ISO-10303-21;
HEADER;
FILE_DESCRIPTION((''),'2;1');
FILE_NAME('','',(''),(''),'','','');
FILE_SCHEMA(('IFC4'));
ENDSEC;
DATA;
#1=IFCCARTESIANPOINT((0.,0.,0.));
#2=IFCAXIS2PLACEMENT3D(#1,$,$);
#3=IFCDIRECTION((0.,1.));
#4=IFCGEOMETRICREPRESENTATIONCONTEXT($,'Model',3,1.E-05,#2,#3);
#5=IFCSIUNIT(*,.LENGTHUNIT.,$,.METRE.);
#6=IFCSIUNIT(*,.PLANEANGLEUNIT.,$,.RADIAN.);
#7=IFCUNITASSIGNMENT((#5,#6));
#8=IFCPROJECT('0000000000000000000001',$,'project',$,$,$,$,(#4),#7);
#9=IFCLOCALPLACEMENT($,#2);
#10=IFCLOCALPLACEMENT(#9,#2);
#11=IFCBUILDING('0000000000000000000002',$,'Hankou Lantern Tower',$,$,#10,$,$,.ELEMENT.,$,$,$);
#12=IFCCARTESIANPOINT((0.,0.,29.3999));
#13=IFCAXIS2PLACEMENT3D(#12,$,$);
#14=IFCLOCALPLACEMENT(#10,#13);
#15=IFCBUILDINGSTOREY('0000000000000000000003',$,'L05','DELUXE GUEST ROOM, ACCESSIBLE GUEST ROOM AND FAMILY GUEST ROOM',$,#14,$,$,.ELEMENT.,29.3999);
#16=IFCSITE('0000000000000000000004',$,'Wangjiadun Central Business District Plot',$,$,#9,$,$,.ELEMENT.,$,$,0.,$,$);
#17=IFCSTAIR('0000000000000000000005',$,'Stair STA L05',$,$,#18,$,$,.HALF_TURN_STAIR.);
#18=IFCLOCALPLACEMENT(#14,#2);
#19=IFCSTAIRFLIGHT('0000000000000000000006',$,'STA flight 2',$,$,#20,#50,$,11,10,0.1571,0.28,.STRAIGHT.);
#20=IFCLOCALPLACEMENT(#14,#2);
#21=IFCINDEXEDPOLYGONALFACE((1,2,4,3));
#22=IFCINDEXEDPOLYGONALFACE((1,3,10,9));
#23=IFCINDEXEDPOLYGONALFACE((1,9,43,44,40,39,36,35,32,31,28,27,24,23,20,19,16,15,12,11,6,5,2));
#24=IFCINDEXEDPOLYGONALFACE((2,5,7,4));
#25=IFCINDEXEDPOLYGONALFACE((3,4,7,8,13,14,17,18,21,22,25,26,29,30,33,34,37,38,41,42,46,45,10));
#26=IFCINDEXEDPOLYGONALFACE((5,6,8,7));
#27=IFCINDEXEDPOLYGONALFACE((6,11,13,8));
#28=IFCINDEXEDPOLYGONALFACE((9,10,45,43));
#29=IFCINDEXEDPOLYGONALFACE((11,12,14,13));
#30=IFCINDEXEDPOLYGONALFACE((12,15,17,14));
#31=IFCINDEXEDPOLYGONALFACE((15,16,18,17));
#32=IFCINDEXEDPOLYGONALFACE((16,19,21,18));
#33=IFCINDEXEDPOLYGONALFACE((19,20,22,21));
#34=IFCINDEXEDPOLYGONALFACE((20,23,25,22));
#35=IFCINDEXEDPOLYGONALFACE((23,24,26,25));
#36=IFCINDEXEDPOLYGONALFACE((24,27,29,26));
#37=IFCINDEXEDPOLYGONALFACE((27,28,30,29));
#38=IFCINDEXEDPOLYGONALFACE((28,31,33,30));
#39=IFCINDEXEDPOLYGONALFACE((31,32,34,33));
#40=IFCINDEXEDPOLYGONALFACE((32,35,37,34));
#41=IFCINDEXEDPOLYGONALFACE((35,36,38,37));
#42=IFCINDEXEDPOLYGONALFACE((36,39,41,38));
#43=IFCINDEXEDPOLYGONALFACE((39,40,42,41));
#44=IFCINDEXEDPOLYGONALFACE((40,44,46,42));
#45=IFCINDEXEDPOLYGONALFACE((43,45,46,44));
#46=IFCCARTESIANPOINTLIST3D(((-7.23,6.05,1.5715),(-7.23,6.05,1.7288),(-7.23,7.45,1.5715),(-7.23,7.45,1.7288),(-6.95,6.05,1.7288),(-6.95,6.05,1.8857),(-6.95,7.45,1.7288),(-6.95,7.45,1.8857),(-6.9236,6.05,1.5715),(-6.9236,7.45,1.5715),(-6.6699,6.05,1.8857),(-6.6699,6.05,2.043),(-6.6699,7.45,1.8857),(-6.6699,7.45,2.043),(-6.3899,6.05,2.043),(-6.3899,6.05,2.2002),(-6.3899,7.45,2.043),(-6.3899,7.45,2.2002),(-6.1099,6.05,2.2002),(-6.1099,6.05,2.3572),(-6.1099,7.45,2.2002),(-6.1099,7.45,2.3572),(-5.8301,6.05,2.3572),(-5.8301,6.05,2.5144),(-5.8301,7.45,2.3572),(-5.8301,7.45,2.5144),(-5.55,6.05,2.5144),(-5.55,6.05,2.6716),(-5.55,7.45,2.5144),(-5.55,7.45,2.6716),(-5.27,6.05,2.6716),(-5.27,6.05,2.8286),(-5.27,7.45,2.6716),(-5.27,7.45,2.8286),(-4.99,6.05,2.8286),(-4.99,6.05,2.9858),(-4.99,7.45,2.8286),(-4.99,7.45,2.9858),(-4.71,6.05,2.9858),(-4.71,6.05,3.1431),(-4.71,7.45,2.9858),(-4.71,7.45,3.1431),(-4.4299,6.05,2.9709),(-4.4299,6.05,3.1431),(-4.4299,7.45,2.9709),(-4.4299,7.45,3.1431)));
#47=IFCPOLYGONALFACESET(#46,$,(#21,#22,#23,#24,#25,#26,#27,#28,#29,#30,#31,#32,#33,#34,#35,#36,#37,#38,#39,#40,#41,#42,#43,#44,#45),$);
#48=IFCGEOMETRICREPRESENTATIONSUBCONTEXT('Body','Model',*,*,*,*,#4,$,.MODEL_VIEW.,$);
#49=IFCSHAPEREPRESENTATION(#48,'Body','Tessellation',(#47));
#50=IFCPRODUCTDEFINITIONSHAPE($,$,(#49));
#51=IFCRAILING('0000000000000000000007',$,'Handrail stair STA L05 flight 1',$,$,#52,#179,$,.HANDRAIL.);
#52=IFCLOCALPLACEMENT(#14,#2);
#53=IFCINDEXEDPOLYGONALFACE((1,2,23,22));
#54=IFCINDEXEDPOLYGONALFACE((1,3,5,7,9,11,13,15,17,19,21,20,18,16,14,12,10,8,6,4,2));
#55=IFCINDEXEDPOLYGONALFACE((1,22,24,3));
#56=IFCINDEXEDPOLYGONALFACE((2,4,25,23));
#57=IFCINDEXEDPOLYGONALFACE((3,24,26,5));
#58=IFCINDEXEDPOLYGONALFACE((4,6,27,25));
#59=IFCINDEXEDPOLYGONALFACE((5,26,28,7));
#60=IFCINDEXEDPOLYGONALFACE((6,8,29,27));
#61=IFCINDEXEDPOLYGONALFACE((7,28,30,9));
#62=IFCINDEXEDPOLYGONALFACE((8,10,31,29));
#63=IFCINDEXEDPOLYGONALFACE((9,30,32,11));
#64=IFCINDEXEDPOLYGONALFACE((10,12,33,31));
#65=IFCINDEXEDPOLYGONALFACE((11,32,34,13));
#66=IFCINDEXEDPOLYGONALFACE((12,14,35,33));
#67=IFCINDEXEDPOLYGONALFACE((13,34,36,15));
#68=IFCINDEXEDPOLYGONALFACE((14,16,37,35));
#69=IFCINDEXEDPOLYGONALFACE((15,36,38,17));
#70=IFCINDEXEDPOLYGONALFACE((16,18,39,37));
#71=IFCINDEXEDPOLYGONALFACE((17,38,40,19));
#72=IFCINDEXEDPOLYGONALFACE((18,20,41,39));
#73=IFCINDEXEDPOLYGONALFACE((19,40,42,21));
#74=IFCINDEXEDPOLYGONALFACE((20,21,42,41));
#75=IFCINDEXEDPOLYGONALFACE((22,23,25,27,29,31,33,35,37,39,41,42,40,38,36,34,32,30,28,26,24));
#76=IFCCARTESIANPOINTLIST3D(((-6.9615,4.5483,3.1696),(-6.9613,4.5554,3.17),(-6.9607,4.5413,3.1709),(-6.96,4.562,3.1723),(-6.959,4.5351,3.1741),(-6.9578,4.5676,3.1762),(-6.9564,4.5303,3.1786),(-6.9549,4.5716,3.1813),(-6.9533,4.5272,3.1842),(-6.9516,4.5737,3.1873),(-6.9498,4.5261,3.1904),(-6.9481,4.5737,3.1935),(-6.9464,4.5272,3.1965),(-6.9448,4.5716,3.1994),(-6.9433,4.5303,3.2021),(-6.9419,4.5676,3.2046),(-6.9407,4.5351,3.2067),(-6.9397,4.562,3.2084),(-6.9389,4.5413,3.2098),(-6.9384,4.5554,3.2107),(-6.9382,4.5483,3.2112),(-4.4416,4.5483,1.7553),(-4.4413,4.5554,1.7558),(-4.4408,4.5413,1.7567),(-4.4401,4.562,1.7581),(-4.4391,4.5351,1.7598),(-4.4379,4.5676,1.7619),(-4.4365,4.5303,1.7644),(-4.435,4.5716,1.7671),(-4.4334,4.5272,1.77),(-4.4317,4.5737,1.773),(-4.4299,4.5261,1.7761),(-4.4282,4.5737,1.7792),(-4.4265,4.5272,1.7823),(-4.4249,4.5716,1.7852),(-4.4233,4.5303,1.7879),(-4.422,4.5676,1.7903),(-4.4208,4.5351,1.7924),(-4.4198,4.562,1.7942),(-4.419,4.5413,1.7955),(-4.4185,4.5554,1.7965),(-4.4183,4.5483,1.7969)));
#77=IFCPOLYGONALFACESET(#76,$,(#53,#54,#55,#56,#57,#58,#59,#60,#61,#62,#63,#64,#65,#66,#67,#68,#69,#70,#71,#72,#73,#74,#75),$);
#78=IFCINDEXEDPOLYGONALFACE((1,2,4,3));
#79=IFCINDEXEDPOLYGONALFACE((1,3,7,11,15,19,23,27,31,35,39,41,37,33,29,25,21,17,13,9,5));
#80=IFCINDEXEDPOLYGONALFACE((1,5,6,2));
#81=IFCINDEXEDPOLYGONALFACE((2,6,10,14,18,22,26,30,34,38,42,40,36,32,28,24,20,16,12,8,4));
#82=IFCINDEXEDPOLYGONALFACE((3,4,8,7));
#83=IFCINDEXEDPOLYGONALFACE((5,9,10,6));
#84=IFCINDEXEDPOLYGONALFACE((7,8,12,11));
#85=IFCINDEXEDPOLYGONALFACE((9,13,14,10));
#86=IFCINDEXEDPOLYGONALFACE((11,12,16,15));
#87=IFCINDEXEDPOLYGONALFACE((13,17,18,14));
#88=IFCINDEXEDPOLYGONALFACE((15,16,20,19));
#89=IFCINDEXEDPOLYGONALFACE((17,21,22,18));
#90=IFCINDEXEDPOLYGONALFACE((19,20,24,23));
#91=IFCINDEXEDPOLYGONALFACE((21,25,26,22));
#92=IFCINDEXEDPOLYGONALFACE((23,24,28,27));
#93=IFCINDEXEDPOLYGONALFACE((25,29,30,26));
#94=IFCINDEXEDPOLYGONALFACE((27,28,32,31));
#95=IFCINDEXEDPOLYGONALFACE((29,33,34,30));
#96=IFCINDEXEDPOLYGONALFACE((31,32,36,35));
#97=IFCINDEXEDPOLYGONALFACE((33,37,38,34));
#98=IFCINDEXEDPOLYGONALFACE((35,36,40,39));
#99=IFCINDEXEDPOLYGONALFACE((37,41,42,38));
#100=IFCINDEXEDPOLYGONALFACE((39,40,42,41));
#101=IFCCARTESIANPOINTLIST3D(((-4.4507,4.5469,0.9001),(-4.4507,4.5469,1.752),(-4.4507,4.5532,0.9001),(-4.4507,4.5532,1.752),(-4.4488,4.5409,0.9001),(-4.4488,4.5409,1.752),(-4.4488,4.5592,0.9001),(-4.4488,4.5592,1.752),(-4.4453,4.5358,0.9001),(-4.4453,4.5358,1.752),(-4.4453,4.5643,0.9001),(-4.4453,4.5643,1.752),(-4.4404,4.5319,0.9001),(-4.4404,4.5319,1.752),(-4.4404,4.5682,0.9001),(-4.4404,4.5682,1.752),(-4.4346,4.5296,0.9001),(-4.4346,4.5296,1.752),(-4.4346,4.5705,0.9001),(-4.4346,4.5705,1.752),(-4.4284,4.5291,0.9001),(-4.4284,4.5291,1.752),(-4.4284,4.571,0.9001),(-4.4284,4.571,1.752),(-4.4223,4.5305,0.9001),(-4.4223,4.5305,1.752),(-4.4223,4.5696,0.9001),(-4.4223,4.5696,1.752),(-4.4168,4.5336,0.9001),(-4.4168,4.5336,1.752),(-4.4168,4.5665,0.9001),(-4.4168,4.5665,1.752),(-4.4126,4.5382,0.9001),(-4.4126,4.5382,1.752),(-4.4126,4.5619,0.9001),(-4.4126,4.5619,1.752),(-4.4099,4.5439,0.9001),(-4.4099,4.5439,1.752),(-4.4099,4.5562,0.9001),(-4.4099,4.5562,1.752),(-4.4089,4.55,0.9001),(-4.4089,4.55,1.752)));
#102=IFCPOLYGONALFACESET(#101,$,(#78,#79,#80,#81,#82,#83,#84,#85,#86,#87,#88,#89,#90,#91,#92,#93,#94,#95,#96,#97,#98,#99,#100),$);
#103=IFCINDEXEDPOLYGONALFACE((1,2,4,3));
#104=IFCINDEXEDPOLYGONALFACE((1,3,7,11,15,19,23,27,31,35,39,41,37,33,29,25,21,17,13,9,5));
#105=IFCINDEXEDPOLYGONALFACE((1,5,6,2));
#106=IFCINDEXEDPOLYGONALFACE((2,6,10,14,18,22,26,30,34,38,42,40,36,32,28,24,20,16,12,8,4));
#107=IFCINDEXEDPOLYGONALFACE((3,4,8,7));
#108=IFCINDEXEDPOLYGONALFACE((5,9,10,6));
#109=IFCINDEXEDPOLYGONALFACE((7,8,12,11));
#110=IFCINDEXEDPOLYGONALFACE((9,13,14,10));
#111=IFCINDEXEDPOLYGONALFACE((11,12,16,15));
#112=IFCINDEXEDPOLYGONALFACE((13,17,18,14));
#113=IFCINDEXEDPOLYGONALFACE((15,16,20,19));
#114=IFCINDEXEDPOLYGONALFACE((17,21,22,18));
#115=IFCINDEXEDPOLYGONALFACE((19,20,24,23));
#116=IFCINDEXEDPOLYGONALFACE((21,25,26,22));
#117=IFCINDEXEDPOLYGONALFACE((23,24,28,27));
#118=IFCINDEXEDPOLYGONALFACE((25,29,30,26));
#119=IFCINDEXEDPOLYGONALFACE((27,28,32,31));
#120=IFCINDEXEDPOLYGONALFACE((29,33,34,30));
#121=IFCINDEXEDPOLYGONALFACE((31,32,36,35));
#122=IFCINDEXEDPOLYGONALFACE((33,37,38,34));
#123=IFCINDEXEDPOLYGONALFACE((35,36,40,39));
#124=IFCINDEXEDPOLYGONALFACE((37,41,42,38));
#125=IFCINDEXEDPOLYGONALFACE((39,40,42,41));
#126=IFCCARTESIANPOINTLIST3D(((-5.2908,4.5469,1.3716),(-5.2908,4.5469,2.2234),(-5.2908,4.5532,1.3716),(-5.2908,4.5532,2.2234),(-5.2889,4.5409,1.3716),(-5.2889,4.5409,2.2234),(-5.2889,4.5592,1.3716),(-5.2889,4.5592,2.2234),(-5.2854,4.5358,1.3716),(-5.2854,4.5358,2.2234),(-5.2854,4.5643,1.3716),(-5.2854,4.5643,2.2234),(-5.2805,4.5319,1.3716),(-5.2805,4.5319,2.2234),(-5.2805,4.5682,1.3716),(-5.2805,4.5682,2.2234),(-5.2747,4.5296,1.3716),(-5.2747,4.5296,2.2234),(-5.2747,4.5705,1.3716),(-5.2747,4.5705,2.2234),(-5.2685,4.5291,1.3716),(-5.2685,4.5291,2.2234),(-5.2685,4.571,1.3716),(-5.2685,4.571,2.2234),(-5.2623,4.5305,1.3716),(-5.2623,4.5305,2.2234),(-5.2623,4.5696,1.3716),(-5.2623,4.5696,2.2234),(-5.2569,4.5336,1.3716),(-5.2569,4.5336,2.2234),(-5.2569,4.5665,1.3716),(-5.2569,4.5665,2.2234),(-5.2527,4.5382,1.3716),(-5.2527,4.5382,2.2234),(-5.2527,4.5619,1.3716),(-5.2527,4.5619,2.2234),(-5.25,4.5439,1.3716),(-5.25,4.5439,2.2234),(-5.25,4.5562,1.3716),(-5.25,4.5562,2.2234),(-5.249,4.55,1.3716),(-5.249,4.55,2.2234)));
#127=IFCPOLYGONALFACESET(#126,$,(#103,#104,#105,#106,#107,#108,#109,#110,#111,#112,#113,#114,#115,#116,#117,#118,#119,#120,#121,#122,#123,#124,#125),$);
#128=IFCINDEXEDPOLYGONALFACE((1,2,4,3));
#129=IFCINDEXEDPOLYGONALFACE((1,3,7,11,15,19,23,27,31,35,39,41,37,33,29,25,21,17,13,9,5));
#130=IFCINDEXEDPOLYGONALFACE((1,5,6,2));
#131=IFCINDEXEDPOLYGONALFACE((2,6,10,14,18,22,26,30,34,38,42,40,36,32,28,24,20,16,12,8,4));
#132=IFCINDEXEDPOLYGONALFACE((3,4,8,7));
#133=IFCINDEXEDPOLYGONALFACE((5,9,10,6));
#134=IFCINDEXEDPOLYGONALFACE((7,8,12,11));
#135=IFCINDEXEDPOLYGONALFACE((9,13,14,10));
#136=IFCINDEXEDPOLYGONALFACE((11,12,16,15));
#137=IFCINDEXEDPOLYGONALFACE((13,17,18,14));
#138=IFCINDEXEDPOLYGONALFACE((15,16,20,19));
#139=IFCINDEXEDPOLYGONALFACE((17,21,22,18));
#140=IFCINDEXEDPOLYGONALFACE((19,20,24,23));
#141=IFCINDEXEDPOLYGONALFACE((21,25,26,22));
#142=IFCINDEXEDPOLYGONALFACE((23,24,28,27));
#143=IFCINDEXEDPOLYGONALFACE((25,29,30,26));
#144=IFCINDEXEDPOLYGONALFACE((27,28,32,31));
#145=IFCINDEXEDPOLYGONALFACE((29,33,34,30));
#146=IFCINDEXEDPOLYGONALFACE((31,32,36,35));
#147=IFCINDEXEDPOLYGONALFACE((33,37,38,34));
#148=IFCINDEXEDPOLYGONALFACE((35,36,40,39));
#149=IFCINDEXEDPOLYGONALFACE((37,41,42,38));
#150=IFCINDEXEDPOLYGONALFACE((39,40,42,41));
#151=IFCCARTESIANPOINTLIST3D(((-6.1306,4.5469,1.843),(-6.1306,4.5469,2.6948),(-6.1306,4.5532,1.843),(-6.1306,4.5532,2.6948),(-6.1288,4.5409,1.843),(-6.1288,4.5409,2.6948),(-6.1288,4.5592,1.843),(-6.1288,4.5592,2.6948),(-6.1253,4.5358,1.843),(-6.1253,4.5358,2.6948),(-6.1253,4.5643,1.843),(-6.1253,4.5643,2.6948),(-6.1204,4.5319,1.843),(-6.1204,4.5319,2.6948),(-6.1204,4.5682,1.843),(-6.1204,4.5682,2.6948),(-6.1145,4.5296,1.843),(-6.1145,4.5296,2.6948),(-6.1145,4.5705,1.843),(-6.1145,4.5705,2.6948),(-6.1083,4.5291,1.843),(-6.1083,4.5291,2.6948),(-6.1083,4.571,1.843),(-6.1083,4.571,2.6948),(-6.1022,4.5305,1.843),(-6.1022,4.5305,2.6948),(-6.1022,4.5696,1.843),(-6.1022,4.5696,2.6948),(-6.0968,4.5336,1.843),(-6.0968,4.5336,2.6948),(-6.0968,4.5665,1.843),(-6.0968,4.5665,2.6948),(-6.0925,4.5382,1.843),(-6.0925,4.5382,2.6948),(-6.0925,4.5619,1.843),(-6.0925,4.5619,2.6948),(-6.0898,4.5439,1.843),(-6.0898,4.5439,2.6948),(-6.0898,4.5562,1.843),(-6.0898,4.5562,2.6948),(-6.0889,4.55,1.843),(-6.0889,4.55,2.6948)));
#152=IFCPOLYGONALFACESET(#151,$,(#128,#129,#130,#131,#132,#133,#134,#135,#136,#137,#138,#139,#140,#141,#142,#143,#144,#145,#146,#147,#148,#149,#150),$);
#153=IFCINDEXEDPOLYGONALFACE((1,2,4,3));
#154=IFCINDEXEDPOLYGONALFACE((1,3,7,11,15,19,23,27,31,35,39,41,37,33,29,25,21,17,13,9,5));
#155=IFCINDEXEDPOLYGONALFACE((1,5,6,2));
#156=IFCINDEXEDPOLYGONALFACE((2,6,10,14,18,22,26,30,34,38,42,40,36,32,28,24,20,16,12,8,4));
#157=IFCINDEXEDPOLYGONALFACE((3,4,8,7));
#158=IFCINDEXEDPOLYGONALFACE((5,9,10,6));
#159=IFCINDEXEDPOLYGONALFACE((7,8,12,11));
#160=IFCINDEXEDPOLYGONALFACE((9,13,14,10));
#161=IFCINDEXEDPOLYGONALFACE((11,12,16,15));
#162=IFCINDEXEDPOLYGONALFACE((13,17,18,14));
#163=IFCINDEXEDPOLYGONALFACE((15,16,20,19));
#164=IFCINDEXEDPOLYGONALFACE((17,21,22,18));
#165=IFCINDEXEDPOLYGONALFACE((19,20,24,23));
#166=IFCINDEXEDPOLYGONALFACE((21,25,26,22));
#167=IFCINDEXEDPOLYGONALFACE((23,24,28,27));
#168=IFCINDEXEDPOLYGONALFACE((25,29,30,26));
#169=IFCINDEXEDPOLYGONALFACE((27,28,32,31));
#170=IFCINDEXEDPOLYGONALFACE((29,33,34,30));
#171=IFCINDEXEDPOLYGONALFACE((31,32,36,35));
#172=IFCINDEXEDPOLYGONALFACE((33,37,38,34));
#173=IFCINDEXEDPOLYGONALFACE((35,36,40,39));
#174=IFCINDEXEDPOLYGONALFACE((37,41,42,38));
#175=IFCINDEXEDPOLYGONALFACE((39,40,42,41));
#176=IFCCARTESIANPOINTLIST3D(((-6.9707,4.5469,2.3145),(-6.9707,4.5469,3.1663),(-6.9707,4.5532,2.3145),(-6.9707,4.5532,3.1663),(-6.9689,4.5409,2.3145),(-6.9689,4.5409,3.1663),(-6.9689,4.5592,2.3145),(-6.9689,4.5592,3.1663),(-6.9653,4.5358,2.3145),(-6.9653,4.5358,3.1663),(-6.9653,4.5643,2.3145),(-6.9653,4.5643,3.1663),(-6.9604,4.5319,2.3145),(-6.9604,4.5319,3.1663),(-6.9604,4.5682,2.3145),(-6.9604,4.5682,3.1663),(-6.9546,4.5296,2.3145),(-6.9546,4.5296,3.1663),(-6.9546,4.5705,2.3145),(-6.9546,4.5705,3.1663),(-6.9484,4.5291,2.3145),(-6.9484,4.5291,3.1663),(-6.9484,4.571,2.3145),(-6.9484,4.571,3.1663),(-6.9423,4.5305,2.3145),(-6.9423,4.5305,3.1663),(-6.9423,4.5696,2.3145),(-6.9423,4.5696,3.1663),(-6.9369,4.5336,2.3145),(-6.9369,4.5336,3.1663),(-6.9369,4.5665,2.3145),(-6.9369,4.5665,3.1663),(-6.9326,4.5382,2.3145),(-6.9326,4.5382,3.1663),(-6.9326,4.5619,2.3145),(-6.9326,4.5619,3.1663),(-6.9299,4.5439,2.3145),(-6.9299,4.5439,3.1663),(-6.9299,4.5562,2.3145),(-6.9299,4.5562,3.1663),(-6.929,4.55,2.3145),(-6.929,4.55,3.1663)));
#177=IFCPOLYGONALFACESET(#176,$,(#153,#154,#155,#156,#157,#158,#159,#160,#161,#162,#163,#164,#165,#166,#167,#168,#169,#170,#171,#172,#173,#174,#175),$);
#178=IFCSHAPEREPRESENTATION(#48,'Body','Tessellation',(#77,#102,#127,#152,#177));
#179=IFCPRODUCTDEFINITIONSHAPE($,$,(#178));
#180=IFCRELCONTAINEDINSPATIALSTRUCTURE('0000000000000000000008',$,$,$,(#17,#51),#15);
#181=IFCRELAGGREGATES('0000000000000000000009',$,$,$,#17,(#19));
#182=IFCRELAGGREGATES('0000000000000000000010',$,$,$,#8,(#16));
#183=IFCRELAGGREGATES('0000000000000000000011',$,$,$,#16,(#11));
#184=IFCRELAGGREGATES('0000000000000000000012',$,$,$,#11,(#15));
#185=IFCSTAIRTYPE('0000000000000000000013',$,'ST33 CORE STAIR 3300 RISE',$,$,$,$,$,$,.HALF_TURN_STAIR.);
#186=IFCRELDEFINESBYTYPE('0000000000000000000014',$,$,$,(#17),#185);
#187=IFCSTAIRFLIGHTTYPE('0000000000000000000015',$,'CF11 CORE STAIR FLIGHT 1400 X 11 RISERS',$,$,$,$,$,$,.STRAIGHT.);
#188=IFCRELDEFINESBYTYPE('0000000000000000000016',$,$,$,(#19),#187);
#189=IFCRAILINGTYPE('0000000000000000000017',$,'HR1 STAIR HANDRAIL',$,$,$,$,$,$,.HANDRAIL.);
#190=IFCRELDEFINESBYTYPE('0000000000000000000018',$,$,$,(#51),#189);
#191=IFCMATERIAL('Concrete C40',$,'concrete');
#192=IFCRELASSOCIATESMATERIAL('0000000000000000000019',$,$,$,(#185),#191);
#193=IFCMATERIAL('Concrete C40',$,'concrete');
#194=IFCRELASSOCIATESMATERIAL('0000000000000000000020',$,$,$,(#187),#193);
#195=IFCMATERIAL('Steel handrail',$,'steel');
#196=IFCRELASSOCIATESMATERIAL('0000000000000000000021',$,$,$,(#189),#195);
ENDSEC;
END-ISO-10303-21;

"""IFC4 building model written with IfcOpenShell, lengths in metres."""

from ifc_helpers import new_model, si_unit, direction, frame, origin, origin_2d, place, context, subcontext, project, spatial, polyline, circle, outline, extrude, material, type_object, element, aggregate, save


model = new_model("IFC4")

# Units and contexts
model_context = context("Model", 3, precision=1e-05, world=origin(), true_north=direction((0.0, 1.0)))
body_context = subcontext(model_context, "Body", "Model", "MODEL_VIEW")
ifc_project = project(units=[si_unit("LENGTHUNIT", "METRE"), si_unit("PLANEANGLEUNIT", "RADIAN")], contexts=[model_context])

# Site, building, storey
site_placement = place(None, origin())
site = spatial("IfcSite", under=ifc_project, at=site_placement, Name="Wangjiadun Central Business District Plot", CompositionType="ELEMENT", RefElevation=0.0)
building_placement = place(site_placement, origin())
building = spatial("IfcBuilding", under=site, at=building_placement, Name="Hankou Lantern Tower", CompositionType="ELEMENT")
storey_placement = place(building_placement, frame((0.0, 0.0, 29.3999)))
storey = spatial("IfcBuildingStorey", under=building, at=storey_placement, Name="L05", Description="DELUXE GUEST ROOM, ACCESSIBLE GUEST ROOM AND FAMILY GUEST ROOM", CompositionType="ELEMENT", Elevation=29.3999)

# Stair, stair flight
ifc_material_1 = material(Name="Concrete C40", Category="concrete")
stair_type = type_object("IfcStairType", Name="ST33 CORE STAIR 3300 RISE", PredefinedType="HALF_TURN_STAIR", material=ifc_material_1)
stair_placement = place(storey_placement, origin())
stair = element("IfcStair", 1, at=stair_placement, inside=storey, type_object=stair_type, Name="Stair STA L05", PredefinedType="HALF_TURN_STAIR")
ifc_material_2 = material(Name="Concrete C40", Category="concrete")
stair_flight_type_1 = type_object("IfcStairFlightType", Name="CF11 CORE STAIR FLIGHT 1400 X 11 RISERS", PredefinedType="STRAIGHT", material=ifc_material_2)
stair_flight_1_placement = place(storey_placement, frame((-7.23, 6.75, 1.5715), z_axis=(0.0, 0.0, 1.0), x_axis=(1.0, 0.0, 0.0)))
stair_flight_1 = element("IfcStairFlight", 2, at=stair_flight_1_placement, type_object=stair_flight_type_1, Name="STA flight 2", NumberOfRisers=11, NumberOfTreads=10, PredefinedType="STRAIGHT", RiserHeight=0.1571, TreadLength=0.28, context=body_context, shape_type="SweptSolid", body=[
    extrude(outline(polyline([(0.0, 0.0), (0.0, 0.1572), (0.28, 0.1572), (0.28, 0.3142), (0.5601, 0.3142), (0.5601, 0.4714), (0.8401, 0.4714), (0.8401, 0.6287), (1.1201, 0.6287), (1.1201, 0.7856), (1.3999, 0.7856), (1.3999, 0.9429), (1.6799, 0.9429), (1.6799, 1.1001), (1.96, 1.1001), (1.96, 1.2571), (2.24, 1.2571), (2.24, 1.4143), (2.52, 1.4143), (2.52, 1.5715), (2.8, 1.5715), (2.8, 1.7285), (2.8, 1.3994), (0.3064, 0.0), (0.0, 0.0)])), frame((0.0, 0.7, 0.0), z_axis=(0.0, -1.0, 0.0), x_axis=(1.0, 0.0, 0.0)), (0.0, 0.0, 1.0), 1.3999),
])
aggregate(stair, [stair_flight_1])

# Railing
ifc_material_3 = material(Name="Steel handrail", Category="steel")
railing_type = type_object("IfcRailingType", Name="HR1 STAIR HANDRAIL", PredefinedType="HANDRAIL", material=ifc_material_3)
railing_1_placement = place(storey_placement, frame((-4.4299, 4.55, 0.9001)))
element("IfcRailing", 3, at=railing_1_placement, inside=storey, type_object=railing_type, Name="Handrail stair STA L05 flight 1", PredefinedType="HANDRAIL", context=body_context, shape_type="SweptSolid", body=[
    extrude(circle(Radius=0.0239, at=origin_2d()), frame((0.0, 0.0, 0.876), z_axis=(-0.872049, 0.0, 0.489419), x_axis=(0.0, -1.0, 0.0)), (0.0, 0.0, 1.0), 2.8896),
    extrude(circle(Radius=0.021, at=origin_2d()), origin(), (0.0, 0.0, 1.0), 0.8518),
    extrude(circle(Radius=0.021, at=origin_2d()), frame((-0.8401, 0.0, 0.4714)), (0.0, 0.0, 1.0), 0.8518),
    extrude(circle(Radius=0.021, at=origin_2d()), frame((-1.6799, 0.0, 0.9429)), (0.0, 0.0, 1.0), 0.8518),
    extrude(circle(Radius=0.021, at=origin_2d()), frame((-2.52, 0.0, 1.4143)), (0.0, 0.0, 1.0), 0.8518),
])

save(model, "model.ifc")
